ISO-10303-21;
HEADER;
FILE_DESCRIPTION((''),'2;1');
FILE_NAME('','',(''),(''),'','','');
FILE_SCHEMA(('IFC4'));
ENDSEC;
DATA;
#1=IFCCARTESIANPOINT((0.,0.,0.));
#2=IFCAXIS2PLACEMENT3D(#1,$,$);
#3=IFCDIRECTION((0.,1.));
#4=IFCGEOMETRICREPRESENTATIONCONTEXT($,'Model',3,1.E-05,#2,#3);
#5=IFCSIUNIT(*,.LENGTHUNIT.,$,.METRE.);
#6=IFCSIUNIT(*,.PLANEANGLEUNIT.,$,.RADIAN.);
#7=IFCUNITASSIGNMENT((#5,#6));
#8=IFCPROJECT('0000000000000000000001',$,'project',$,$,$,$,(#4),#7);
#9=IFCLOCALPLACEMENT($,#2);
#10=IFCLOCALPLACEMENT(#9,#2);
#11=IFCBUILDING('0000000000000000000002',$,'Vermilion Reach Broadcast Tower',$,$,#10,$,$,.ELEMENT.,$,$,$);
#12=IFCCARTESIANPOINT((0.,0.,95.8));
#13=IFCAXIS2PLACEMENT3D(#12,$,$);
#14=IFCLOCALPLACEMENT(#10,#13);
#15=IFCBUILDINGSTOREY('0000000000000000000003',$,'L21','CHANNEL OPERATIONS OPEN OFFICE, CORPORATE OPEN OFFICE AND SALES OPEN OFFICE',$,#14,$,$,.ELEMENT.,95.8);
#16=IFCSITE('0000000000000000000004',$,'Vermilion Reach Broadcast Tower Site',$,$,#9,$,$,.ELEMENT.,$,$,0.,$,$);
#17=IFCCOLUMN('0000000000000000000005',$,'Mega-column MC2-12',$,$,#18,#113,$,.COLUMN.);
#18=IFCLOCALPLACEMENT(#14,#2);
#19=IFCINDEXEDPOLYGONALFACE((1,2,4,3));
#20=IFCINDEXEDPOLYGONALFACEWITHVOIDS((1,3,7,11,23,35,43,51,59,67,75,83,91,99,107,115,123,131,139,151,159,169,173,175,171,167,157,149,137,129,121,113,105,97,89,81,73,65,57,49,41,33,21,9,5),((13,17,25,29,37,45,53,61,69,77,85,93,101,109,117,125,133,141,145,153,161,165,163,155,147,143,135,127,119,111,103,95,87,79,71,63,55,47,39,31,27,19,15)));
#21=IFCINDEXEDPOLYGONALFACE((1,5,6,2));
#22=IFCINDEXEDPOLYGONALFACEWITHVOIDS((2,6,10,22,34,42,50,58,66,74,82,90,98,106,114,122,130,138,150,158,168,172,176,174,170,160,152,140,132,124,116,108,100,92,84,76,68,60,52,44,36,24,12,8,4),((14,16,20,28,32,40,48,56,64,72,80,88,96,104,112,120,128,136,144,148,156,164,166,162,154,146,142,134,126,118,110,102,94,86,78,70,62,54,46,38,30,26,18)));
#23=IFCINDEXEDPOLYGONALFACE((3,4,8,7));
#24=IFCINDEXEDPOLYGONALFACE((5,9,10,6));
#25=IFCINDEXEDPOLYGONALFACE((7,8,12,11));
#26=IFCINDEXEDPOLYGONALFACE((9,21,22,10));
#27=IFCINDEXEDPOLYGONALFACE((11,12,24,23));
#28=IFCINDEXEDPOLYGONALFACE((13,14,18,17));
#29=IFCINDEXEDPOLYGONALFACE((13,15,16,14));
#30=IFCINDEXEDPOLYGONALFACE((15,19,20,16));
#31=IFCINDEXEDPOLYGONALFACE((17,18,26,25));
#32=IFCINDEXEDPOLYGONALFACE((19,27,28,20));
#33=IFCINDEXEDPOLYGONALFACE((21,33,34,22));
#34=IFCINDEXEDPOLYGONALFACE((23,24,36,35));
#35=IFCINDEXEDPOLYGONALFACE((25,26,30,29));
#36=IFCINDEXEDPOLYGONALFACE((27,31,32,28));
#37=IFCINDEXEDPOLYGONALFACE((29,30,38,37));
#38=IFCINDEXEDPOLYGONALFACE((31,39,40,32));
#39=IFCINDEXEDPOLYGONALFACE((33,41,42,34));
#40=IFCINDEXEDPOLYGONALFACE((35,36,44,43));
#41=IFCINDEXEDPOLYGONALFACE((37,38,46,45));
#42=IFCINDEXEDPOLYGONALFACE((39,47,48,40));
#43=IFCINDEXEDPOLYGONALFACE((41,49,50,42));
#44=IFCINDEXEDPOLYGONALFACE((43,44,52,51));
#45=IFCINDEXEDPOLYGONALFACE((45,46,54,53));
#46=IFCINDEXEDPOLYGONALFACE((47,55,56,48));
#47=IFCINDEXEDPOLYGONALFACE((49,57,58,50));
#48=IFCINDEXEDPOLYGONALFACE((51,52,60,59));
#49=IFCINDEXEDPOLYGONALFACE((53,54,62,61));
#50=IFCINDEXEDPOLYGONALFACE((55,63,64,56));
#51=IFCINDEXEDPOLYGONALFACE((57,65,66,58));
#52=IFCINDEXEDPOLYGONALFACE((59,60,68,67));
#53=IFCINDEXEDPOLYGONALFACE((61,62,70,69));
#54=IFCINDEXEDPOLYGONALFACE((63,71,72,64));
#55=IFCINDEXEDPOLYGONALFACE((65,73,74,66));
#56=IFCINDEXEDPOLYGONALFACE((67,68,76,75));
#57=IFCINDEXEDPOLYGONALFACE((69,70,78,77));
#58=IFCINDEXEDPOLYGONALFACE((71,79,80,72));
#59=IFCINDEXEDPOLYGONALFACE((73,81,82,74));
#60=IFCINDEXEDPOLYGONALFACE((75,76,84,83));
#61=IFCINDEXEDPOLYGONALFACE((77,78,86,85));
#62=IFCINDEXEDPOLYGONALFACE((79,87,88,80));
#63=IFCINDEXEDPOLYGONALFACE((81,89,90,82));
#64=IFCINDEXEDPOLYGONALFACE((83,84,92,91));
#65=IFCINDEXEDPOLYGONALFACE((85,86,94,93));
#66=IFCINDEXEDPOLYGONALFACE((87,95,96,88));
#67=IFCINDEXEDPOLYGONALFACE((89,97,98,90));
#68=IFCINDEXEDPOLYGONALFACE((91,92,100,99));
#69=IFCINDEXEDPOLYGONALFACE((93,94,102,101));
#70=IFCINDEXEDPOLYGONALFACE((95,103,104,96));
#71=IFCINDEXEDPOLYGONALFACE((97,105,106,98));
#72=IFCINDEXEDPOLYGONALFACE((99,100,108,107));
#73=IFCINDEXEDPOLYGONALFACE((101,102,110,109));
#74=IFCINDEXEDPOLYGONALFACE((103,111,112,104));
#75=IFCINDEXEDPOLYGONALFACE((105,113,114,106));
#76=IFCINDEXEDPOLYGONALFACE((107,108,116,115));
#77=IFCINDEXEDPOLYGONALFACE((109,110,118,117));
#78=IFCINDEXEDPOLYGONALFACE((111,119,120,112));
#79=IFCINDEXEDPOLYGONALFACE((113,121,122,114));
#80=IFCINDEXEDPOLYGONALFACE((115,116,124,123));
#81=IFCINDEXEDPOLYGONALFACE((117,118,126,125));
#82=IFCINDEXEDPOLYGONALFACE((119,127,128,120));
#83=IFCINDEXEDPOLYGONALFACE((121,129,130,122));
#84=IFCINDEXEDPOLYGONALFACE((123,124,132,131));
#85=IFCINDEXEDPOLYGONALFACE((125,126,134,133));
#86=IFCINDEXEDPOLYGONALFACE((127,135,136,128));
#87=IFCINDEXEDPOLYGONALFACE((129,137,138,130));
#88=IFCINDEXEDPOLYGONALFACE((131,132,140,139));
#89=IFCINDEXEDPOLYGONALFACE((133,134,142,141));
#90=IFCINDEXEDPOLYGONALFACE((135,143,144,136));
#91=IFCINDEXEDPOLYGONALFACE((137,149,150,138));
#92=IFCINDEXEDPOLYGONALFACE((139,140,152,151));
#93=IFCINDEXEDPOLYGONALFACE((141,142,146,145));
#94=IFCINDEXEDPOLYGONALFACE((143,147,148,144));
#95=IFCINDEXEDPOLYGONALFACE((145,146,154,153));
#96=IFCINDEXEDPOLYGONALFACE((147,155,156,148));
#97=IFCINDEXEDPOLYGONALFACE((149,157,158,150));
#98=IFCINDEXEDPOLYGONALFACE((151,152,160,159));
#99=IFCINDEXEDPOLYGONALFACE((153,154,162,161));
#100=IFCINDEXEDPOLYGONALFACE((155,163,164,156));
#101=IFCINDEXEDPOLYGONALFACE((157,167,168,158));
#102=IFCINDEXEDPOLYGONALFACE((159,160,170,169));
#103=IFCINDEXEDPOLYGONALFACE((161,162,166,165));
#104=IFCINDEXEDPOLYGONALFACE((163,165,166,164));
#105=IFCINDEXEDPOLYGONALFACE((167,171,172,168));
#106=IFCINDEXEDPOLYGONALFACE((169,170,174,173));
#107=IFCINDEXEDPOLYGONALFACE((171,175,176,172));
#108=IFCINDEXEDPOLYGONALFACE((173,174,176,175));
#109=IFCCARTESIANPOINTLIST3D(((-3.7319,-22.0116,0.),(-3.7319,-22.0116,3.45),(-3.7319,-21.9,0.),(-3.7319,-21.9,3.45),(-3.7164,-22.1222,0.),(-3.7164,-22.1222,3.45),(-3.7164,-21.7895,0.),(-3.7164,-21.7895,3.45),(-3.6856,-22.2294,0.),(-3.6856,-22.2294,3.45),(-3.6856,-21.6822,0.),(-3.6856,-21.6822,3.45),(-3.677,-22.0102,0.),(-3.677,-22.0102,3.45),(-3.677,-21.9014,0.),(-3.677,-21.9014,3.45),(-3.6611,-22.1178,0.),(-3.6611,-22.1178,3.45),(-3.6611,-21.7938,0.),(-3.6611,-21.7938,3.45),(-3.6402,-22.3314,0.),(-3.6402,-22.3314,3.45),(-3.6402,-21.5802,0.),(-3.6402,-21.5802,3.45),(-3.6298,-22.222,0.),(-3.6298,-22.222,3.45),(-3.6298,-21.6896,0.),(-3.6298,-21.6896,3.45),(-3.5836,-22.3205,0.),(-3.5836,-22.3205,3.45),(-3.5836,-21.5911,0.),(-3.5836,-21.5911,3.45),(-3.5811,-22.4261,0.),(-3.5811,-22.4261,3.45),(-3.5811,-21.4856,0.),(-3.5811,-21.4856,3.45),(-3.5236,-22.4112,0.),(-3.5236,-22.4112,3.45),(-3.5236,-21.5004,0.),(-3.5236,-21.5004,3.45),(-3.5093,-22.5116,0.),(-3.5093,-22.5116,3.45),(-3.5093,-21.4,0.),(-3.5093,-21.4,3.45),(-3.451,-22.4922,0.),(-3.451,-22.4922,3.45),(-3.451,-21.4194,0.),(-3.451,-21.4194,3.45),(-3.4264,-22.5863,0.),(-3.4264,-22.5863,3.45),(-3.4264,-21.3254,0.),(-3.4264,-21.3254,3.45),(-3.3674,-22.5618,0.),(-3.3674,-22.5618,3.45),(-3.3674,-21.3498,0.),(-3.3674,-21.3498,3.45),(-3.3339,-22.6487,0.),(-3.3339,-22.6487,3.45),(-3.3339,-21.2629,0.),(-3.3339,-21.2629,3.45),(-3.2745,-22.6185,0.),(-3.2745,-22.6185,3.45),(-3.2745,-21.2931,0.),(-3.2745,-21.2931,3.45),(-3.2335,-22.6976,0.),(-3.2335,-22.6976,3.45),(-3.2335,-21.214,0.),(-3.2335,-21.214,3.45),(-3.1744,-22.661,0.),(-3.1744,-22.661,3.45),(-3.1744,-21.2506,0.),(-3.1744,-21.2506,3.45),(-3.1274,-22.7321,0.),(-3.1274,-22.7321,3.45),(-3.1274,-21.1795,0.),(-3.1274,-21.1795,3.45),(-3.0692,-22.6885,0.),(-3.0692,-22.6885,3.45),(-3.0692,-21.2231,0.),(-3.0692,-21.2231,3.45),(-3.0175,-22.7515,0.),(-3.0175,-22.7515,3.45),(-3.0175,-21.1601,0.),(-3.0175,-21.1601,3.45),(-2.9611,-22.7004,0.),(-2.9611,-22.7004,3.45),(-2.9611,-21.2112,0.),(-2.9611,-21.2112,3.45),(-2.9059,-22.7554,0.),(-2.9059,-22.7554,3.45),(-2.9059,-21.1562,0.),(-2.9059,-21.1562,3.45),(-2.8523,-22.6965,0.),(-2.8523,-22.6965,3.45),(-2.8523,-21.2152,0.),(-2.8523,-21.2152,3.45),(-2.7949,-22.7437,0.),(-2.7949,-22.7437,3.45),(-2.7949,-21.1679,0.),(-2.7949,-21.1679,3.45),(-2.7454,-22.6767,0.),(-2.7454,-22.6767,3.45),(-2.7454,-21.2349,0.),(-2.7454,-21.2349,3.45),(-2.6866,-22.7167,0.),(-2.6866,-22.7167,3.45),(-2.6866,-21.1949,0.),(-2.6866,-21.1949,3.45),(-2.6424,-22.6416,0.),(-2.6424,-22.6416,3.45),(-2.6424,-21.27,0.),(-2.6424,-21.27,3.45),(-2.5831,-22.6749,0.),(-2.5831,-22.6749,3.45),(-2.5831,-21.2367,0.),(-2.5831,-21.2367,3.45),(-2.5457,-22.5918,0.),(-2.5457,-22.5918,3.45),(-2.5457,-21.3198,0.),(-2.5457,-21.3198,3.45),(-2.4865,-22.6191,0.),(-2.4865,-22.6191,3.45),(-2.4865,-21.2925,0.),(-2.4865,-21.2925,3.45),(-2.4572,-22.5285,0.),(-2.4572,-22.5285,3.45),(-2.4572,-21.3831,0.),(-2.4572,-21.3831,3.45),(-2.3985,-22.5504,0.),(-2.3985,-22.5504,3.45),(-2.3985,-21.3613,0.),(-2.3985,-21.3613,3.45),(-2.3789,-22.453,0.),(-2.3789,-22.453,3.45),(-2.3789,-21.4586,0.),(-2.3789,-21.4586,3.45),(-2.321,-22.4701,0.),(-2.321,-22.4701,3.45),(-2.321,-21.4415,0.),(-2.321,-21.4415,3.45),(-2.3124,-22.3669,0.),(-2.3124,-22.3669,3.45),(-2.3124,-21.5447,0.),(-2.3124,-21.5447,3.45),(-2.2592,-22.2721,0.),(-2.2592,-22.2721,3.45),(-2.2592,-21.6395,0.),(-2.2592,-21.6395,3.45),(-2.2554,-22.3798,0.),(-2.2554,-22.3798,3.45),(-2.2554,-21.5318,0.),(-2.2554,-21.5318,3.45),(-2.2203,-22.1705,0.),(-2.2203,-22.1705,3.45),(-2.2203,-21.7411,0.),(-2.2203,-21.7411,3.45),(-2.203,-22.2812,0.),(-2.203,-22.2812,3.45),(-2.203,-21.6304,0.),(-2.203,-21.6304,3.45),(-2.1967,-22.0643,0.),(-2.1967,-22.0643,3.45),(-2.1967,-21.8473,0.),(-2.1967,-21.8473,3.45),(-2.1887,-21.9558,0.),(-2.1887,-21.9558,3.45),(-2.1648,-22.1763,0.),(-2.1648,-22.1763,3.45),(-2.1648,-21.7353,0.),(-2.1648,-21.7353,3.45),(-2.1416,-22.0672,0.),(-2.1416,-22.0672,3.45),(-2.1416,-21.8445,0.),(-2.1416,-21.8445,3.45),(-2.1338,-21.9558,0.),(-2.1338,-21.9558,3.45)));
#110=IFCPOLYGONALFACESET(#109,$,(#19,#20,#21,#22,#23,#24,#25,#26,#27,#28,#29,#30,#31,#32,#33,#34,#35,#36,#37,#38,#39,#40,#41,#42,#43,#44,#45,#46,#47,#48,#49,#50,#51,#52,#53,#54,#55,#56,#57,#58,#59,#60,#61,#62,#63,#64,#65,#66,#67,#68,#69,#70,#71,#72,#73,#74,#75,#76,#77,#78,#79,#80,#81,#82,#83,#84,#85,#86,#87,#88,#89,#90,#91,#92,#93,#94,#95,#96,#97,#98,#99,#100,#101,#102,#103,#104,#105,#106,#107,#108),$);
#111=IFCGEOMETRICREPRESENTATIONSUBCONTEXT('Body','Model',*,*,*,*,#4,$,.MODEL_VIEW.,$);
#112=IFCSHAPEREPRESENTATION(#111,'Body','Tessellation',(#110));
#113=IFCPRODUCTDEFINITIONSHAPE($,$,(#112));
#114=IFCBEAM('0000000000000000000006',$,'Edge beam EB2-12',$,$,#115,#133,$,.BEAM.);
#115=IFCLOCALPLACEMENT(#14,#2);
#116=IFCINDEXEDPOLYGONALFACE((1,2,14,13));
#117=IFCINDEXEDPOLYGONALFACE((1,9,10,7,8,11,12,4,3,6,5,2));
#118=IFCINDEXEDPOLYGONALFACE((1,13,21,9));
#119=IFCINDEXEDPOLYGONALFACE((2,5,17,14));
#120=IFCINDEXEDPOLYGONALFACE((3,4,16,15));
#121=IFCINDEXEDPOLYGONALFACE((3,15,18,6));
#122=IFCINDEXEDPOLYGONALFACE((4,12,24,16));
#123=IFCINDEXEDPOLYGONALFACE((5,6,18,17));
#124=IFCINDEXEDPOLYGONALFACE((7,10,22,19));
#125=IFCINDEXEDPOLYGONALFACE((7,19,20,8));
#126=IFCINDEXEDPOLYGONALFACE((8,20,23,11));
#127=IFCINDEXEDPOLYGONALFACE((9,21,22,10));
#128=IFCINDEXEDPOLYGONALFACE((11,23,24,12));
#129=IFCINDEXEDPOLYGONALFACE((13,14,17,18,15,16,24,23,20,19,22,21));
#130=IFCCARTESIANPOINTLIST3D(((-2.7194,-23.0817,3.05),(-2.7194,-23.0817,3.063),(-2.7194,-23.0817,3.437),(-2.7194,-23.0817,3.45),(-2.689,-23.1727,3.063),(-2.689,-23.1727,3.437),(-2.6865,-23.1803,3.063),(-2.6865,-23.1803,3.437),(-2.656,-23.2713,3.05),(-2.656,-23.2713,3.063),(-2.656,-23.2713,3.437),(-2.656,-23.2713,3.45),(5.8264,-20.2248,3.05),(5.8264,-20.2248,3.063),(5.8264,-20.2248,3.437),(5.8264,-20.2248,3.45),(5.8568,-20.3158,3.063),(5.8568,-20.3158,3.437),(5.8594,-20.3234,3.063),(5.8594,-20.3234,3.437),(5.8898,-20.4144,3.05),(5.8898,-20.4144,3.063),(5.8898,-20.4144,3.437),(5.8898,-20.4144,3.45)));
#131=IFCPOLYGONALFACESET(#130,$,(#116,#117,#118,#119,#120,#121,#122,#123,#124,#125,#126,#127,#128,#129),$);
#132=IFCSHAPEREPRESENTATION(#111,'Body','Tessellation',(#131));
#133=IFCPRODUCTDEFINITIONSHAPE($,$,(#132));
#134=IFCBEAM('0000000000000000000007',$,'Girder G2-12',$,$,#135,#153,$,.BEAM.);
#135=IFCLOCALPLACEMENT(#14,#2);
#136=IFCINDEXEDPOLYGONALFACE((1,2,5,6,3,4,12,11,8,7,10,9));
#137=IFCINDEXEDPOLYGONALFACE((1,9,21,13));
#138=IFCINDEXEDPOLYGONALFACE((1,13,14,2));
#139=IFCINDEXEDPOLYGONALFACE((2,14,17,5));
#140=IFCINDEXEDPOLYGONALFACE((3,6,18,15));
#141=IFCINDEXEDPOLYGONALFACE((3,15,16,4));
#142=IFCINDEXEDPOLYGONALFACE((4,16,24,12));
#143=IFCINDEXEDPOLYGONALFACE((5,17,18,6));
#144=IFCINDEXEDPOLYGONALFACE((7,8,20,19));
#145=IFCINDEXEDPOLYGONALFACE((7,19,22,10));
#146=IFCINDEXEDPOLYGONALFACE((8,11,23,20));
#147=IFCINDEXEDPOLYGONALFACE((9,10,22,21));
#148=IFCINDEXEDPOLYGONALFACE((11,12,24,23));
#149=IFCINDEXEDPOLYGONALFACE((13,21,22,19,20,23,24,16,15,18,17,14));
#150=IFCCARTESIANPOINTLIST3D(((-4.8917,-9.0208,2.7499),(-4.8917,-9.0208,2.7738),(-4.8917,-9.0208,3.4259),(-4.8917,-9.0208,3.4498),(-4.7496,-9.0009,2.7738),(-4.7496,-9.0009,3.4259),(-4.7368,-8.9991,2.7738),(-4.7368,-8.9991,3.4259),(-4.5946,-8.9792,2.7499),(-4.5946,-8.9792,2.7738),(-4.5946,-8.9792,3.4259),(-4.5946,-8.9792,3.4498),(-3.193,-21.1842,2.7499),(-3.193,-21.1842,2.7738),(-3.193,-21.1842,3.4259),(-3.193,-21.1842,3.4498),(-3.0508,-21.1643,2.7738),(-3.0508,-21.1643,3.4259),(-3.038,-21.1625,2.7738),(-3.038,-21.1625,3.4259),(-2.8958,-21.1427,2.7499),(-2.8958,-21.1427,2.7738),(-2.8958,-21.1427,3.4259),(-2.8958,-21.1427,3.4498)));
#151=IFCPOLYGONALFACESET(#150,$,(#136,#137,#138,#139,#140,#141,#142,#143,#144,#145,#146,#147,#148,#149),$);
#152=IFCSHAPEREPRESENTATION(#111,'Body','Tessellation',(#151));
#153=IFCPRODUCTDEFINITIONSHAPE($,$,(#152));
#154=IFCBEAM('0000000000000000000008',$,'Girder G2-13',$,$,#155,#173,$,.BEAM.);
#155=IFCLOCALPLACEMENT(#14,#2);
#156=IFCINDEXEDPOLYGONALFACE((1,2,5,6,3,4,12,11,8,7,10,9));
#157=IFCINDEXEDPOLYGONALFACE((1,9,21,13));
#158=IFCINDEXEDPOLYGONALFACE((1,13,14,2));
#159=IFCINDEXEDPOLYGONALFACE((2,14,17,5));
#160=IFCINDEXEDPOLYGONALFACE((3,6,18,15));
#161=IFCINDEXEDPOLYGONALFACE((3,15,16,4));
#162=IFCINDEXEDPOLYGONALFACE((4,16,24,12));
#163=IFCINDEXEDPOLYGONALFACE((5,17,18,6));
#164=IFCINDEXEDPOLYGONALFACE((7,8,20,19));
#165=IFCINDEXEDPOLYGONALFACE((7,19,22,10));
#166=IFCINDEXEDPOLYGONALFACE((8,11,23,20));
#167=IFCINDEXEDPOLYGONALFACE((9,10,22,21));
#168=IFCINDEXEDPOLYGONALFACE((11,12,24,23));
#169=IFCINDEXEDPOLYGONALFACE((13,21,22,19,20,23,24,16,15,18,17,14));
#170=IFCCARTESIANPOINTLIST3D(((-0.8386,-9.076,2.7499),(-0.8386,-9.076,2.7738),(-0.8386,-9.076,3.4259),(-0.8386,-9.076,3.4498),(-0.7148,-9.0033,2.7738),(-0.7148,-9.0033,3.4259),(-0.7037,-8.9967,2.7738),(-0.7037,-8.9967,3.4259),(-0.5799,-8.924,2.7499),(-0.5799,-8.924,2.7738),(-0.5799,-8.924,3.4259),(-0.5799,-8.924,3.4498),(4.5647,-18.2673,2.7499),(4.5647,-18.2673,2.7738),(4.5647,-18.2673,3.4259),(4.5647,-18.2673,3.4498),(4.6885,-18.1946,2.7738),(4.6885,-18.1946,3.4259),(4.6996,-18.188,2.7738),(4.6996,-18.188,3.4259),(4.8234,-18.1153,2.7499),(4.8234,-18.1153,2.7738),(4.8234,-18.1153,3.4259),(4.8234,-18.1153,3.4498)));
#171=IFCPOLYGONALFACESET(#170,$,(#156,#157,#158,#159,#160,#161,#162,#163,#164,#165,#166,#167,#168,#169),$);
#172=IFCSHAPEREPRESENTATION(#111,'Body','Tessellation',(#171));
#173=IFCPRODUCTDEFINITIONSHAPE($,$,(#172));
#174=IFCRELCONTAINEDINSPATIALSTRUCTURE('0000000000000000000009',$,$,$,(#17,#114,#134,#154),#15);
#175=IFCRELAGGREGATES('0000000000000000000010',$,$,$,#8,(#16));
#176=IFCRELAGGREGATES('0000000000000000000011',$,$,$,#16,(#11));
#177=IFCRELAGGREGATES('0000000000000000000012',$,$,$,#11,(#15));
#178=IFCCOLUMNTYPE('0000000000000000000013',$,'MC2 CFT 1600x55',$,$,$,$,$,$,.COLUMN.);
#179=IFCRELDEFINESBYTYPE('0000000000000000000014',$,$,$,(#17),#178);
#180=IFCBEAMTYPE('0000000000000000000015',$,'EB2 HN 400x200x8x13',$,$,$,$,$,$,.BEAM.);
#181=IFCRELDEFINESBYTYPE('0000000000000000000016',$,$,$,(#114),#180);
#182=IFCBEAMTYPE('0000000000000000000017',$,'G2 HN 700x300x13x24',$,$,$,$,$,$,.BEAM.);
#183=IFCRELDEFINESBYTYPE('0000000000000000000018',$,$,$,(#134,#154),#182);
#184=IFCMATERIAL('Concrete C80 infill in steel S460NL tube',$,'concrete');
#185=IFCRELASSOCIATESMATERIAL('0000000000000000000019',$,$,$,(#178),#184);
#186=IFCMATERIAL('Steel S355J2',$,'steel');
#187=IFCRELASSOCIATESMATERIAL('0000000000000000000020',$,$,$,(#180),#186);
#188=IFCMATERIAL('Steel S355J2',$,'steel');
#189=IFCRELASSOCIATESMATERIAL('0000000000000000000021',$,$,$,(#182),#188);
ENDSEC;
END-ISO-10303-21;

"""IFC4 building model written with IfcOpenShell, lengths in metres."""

from ifc_helpers import new_model, si_unit, direction, frame, origin, origin_2d, place, context, subcontext, project, spatial, hollow_circle, i_section, extrude, material, material_profile, profile_set, type_object, element, save


model = new_model("IFC4")

# Units and contexts
model_context = context("Model", 3, precision=1e-05, world=origin(), true_north=direction((0.0, 1.0)))
body_context = subcontext(model_context, "Body", "Model", "MODEL_VIEW")
ifc_project = project(units=[si_unit("LENGTHUNIT", "METRE"), si_unit("PLANEANGLEUNIT", "RADIAN")], contexts=[model_context])

# Site, building, storey
site_placement = place(None, origin())
site = spatial("IfcSite", under=ifc_project, at=site_placement, Name="Vermilion Reach Broadcast Tower Site", CompositionType="ELEMENT", RefElevation=0.0)
building_placement = place(site_placement, origin())
building = spatial("IfcBuilding", under=site, at=building_placement, Name="Vermilion Reach Broadcast Tower", CompositionType="ELEMENT")
storey_placement = place(building_placement, frame((0.0, 0.0, 95.8)))
storey = spatial("IfcBuildingStorey", under=building, at=storey_placement, Name="L21", Description="CHANNEL OPERATIONS OPEN OFFICE, CORPORATE OPEN OFFICE AND SALES OPEN OFFICE", CompositionType="ELEMENT", Elevation=95.8)

# Column
ifc_material_1 = material(Name="Concrete C80 infill in steel S460NL tube", Category="concrete")
ifc_material_profile_1 = material_profile(ifc_material_1, hollow_circle(Radius=0.8, WallThickness=0.0549, at=origin_2d()), Name="Concrete C80 infill in steel S460NL tube CFT 1600x55")
ifc_profile_set_1 = profile_set([ifc_material_profile_1], Name="Concrete C80 infill in steel S460NL tube")
column_type = type_object("IfcColumnType", Name="MC2 CFT 1600x55", PredefinedType="COLUMN", material=ifc_profile_set_1)
column_placement = place(storey_placement, frame((-2.9338, -21.9558, 0.0), z_axis=(0.0, 0.0, 1.0), x_axis=(1.0, 0.0, 0.0)))
element("IfcColumn", 1, at=column_placement, inside=storey, type_object=column_type, Name="Mega-column MC2-12", PredefinedType="COLUMN", context=body_context, shape_type="SweptSolid", body=[
    extrude(hollow_circle(Radius=0.8, WallThickness=0.0549, at=origin_2d()), origin(), (0.0, 0.0, 1.0), 3.45),
])

# Beams
ifc_material_2 = material(Name="Steel S355J2", Category="steel")
ifc_material_profile_2 = material_profile(ifc_material_2, i_section(OverallWidth=0.2, OverallDepth=0.3999, WebThickness=0.0081, FlangeThickness=0.0129, at=origin_2d()), Name="S355J2 HN 400x200x8x13")
ifc_profile_set_2 = profile_set([ifc_material_profile_2], Name="Steel S355J2")
beam_type_1 = type_object("IfcBeamType", Name="EB2 HN 400x200x8x13", PredefinedType="BEAM", material=ifc_profile_set_2)
beam_1_placement = place(storey_placement, frame((-2.6877, -23.1765, 3.25), z_axis=(0.948407, 0.317057, 0.0), x_axis=(-0.317057, 0.948407, 0.0)))
element("IfcBeam", 2, at=beam_1_placement, inside=storey, type_object=beam_type_1, Name="Edge beam EB2-12", PredefinedType="BEAM", context=body_context, shape_type="SweptSolid", body=[
    extrude(i_section(OverallWidth=0.2, OverallDepth=0.3999, WebThickness=0.0081, FlangeThickness=0.0129, at=origin_2d()), origin(), (0.0, 0.0, 1.0), 9.0107),
])
ifc_material_3 = material(Name="Steel S355J2", Category="steel")
ifc_material_profile_3 = material_profile(ifc_material_3, i_section(OverallWidth=0.3, OverallDepth=0.7, WebThickness=0.0129, FlangeThickness=0.0239, at=origin_2d()), Name="S355J2 HN 700x300x13x24")
ifc_profile_set_3 = profile_set([ifc_material_profile_3], Name="Steel S355J2")
beam_type_2 = type_object("IfcBeamType", Name="G2 HN 700x300x13x24", PredefinedType="BEAM", material=ifc_profile_set_3)
beam_2_placement = place(storey_placement, frame((-4.7432, -9.0, 3.0999), z_axis=(0.138318, -0.990388, 0.0), x_axis=(0.990388, 0.138318, 0.0)))
element("IfcBeam", 3, at=beam_2_placement, inside=storey, type_object=beam_type_2, Name="Girder G2-12", PredefinedType="BEAM", context=body_context, shape_type="SweptSolid", body=[
    extrude(i_section(OverallWidth=0.3, OverallDepth=0.7, WebThickness=0.0129, FlangeThickness=0.0239, at=origin_2d()), origin(), (0.0, 0.0, 1.0), 12.2815),
])
beam_3_placement = place(storey_placement, frame((-0.7092, -9.0, 3.0999), z_axis=(0.506784, -0.862073, 0.0), x_axis=(0.862073, 0.506784, 0.0)))
element("IfcBeam", 4, at=beam_3_placement, inside=storey, type_object=beam_type_2, Name="Girder G2-13", PredefinedType="BEAM", context=body_context, shape_type="SweptSolid", body=[
    extrude(i_section(OverallWidth=0.3, OverallDepth=0.7, WebThickness=0.0129, FlangeThickness=0.0239, at=origin_2d()), origin(), (0.0, 0.0, 1.0), 10.6619),
])

save(model, "model.ifc")
